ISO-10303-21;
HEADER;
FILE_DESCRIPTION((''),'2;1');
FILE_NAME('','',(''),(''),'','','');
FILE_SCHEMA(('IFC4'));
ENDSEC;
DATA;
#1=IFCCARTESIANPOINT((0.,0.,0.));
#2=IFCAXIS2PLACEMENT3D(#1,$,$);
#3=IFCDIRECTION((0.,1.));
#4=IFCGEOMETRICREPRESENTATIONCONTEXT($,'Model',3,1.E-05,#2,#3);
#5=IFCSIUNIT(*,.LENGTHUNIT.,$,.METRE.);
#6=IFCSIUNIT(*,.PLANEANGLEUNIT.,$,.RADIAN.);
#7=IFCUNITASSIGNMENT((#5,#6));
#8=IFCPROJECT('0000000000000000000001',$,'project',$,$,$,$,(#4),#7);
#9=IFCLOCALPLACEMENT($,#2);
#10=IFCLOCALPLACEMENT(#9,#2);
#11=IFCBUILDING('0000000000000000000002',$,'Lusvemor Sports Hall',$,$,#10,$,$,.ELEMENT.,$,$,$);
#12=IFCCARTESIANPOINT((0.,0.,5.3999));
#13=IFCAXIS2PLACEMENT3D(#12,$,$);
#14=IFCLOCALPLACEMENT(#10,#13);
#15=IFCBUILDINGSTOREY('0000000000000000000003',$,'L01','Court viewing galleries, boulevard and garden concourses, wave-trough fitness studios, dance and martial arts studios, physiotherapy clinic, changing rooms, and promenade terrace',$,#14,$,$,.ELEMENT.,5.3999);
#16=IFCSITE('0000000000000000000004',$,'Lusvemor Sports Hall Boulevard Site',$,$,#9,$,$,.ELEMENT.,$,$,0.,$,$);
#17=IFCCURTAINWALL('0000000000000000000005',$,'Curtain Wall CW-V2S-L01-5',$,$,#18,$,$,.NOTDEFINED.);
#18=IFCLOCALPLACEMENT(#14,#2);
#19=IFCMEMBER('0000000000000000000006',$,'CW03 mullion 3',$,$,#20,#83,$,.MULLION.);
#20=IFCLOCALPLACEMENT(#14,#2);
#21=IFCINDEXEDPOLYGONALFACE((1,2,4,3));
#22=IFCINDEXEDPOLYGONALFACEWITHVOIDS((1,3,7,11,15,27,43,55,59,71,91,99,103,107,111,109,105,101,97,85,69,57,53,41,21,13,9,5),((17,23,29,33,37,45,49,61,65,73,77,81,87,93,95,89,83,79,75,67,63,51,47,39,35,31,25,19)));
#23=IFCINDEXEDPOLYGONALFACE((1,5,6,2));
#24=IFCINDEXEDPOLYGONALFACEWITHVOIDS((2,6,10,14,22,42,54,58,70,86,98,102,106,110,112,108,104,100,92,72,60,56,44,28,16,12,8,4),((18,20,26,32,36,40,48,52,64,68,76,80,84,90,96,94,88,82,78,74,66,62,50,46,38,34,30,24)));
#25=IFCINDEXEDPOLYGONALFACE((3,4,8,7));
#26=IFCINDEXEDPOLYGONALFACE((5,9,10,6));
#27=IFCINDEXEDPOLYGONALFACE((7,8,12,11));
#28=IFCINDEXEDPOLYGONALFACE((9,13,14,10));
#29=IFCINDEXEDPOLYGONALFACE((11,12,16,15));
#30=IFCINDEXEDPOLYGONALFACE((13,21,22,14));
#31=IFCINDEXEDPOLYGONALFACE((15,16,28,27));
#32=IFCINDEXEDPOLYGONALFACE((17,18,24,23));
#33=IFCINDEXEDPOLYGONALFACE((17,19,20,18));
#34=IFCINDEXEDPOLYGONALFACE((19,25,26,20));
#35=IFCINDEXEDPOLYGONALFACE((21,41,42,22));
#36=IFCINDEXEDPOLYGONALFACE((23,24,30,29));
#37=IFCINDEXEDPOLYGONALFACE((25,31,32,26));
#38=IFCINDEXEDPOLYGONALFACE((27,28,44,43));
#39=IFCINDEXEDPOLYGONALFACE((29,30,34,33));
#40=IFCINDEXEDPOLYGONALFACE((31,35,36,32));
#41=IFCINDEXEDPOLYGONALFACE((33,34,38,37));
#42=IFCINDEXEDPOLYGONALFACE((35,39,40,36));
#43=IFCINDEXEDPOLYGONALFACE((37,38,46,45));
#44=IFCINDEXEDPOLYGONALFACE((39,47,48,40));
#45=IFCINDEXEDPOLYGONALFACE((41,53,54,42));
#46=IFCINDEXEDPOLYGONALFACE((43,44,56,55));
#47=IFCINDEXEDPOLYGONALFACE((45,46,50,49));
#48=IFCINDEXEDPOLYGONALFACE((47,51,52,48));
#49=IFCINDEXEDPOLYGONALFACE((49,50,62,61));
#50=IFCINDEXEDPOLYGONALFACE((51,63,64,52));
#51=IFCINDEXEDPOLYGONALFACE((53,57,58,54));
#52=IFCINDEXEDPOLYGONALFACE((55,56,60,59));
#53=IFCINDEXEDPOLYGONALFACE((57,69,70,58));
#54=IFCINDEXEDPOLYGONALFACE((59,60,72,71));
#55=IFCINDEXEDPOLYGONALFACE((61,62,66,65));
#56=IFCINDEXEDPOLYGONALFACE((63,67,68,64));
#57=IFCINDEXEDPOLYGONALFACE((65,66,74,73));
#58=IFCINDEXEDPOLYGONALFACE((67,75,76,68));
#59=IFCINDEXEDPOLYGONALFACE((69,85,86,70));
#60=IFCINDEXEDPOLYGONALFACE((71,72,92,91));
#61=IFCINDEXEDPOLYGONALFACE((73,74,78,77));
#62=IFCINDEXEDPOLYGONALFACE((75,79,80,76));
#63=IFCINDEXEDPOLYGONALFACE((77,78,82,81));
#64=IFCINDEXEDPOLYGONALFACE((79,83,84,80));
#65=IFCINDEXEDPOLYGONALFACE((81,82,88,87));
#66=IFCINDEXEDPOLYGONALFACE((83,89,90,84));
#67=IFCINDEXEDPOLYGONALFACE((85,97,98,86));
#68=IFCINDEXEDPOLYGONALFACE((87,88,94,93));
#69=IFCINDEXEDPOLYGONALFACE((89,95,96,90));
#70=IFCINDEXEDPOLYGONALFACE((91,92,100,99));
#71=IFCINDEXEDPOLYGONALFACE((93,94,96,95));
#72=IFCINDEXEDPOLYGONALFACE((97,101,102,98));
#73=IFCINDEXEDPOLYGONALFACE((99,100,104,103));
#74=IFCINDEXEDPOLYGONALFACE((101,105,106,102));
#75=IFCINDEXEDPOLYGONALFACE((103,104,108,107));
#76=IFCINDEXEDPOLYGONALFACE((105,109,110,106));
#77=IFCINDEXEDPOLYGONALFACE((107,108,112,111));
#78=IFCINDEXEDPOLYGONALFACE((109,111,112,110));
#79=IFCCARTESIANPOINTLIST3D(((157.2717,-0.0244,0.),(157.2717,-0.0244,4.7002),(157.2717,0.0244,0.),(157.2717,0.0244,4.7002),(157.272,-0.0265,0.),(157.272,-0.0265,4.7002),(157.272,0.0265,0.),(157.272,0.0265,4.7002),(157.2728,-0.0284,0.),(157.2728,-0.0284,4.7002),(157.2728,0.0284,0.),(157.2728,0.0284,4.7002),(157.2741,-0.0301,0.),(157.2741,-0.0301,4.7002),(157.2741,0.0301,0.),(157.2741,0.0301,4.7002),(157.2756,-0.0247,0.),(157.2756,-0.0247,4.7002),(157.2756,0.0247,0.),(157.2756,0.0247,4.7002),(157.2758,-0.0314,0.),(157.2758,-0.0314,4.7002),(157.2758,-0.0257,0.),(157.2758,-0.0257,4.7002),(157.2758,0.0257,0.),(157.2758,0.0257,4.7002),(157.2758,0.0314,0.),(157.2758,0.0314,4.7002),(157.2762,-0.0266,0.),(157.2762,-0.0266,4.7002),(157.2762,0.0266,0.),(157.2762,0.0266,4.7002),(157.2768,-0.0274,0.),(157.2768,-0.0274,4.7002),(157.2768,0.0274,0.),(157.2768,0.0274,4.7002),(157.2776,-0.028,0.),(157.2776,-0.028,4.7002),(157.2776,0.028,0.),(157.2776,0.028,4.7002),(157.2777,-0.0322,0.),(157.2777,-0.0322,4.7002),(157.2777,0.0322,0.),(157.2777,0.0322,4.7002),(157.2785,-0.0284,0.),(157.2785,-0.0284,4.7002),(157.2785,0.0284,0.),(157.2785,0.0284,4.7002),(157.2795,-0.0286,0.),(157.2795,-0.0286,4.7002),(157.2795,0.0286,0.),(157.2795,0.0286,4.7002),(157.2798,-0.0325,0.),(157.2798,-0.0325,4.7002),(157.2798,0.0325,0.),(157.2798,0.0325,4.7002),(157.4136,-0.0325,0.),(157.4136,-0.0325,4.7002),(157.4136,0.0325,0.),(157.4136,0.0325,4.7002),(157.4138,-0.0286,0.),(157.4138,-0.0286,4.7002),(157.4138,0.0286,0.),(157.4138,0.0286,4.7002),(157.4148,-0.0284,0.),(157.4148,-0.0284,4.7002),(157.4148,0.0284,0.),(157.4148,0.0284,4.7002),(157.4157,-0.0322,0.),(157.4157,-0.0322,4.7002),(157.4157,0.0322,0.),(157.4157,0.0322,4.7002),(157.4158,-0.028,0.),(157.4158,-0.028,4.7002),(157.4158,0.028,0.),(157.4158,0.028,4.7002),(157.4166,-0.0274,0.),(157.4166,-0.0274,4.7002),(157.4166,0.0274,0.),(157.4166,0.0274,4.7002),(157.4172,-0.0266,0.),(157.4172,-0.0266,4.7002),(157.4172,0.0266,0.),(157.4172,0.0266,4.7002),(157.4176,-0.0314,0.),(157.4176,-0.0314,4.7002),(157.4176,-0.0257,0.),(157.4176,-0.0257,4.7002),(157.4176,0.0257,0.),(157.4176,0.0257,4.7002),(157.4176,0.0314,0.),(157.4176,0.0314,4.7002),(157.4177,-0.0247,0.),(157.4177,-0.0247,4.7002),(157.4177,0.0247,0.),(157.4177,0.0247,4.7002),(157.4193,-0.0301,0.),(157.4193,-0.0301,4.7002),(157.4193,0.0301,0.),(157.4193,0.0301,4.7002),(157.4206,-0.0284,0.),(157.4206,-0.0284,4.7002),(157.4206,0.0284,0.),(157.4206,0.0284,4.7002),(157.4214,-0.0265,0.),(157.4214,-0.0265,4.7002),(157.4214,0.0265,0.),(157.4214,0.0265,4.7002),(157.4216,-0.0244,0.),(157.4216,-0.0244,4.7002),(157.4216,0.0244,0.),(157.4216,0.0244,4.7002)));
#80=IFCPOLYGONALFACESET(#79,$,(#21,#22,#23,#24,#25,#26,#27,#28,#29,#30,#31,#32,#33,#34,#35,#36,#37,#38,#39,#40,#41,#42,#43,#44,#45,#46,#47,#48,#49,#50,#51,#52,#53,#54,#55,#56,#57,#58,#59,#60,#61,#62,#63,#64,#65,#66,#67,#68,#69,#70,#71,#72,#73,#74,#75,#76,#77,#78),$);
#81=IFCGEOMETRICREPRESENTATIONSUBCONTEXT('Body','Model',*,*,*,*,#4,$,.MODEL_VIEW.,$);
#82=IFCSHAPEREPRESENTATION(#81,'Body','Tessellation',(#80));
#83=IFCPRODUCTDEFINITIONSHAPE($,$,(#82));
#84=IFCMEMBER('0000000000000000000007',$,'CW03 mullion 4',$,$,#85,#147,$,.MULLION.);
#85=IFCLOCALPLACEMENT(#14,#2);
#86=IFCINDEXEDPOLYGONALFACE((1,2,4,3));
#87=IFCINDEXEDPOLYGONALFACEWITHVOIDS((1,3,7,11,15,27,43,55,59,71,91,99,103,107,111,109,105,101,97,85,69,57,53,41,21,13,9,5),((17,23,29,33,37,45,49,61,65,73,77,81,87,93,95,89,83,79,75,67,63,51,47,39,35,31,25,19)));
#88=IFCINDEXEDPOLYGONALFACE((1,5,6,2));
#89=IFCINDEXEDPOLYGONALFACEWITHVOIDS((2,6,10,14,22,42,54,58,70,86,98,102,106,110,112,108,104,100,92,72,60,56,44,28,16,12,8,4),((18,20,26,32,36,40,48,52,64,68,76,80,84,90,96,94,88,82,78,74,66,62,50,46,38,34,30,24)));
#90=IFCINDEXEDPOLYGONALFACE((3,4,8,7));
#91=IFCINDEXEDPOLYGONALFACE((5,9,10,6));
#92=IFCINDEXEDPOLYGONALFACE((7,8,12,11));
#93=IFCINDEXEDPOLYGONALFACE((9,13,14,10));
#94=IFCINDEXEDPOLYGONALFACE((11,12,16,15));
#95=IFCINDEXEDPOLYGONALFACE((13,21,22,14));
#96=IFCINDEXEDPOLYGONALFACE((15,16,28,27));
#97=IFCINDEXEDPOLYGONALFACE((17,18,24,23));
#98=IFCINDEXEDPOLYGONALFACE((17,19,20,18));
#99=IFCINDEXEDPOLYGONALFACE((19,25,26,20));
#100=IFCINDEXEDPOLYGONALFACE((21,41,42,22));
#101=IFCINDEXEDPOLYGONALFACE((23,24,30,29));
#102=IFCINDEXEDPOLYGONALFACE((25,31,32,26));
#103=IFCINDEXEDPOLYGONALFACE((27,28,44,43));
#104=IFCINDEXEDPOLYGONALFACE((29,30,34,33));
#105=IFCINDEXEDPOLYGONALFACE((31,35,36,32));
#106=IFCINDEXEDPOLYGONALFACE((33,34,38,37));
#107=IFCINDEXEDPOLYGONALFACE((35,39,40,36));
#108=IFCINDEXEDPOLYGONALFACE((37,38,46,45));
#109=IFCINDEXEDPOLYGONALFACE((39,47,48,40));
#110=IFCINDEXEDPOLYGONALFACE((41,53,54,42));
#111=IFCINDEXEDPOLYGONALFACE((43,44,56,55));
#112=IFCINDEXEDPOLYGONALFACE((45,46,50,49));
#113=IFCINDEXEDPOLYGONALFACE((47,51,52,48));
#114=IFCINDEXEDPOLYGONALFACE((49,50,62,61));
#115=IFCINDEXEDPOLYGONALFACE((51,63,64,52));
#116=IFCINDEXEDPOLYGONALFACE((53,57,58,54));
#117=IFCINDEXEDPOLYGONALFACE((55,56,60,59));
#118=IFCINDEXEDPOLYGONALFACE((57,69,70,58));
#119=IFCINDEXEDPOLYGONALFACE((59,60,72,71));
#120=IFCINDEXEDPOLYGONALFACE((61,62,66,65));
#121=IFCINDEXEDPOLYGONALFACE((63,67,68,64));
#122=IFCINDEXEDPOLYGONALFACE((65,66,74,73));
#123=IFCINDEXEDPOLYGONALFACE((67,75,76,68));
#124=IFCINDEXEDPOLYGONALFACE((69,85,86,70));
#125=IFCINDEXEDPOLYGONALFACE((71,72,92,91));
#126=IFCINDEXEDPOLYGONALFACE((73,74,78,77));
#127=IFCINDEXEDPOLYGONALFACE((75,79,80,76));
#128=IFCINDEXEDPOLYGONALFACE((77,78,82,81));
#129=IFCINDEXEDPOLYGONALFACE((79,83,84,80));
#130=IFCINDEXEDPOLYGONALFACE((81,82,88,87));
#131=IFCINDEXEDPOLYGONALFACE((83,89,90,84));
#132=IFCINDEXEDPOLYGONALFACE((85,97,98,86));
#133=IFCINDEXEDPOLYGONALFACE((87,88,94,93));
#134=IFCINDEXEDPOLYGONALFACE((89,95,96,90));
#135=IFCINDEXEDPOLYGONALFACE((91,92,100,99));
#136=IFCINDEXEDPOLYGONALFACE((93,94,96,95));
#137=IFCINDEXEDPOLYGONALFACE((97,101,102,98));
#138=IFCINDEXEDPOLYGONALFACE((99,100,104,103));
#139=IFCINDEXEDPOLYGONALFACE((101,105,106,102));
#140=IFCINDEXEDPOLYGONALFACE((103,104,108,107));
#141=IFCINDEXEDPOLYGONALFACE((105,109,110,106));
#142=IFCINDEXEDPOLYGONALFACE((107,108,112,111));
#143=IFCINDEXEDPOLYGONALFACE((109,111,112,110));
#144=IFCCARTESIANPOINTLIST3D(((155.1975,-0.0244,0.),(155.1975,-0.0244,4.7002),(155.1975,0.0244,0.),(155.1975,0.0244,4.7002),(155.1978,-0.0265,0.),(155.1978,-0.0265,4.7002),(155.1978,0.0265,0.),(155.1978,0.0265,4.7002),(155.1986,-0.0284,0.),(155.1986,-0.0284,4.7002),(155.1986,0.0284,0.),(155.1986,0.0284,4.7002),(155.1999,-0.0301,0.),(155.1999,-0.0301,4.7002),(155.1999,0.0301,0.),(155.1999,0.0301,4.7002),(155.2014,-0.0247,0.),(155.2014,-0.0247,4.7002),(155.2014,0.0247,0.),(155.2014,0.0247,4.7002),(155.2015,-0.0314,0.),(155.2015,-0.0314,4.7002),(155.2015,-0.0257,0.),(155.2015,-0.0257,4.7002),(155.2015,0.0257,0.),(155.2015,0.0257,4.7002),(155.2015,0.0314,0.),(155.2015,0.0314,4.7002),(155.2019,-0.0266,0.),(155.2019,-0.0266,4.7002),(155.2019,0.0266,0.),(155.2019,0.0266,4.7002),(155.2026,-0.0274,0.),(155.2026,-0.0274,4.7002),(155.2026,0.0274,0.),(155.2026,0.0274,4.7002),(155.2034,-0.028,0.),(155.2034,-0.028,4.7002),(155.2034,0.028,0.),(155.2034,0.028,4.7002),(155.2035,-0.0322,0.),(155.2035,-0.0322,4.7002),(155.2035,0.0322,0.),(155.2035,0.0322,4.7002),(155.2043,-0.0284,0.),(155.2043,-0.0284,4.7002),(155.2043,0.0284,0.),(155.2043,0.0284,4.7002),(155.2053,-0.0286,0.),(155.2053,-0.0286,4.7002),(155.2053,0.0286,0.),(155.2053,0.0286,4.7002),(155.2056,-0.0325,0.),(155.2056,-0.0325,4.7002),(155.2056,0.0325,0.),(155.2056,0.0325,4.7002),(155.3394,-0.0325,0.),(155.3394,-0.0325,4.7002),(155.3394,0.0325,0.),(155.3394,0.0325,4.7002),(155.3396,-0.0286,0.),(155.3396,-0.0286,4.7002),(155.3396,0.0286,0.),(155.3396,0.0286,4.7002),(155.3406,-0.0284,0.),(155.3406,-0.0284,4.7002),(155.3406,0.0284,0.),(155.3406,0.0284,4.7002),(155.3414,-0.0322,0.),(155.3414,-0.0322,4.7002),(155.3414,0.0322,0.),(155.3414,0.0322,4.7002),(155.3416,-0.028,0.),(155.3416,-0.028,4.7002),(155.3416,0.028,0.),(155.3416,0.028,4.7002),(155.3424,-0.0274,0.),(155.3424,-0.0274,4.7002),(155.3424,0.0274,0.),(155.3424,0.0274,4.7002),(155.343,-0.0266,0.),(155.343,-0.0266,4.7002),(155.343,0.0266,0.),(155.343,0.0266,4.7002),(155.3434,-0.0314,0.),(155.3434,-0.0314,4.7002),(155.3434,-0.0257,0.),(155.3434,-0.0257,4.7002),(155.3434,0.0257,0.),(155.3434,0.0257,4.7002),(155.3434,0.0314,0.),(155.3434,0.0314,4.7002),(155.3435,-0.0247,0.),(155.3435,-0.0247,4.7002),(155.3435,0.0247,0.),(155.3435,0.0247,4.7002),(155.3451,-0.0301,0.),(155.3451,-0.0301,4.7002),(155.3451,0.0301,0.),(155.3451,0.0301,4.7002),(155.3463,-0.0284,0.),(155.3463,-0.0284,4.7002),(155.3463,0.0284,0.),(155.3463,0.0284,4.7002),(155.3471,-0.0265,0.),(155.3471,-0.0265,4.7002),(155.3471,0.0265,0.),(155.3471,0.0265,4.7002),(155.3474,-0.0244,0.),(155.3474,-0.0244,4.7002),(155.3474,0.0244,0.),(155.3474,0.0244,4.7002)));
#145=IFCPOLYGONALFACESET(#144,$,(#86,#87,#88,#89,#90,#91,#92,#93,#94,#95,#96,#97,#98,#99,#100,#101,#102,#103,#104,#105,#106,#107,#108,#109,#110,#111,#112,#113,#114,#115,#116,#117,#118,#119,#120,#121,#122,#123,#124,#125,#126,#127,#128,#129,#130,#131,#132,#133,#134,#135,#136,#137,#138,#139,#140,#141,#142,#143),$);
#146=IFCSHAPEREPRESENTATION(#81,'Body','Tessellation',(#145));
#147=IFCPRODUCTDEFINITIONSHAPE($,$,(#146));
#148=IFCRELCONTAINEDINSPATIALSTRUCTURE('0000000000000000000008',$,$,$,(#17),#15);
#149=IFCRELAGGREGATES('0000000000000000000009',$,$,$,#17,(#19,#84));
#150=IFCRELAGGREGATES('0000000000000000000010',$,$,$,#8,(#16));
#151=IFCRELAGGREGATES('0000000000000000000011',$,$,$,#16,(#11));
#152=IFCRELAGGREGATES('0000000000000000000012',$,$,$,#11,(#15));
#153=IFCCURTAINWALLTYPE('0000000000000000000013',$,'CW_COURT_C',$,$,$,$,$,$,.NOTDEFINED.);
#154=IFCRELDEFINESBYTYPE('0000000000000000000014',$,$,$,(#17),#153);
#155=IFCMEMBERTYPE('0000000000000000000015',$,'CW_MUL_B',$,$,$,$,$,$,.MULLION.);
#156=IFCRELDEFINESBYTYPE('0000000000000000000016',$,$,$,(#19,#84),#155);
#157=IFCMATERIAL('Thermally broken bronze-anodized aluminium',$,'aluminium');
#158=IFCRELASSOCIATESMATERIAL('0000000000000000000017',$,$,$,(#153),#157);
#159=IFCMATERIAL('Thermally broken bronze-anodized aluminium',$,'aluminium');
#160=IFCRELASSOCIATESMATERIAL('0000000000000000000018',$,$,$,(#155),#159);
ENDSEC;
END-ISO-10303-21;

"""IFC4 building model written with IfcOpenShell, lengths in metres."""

from ifc_helpers import new_model, si_unit, direction, frame, origin, origin_2d, place, context, subcontext, project, spatial, hollow_rectangle, extrude, material, material_profile, profile_set, type_object, element, aggregate, save


model = new_model("IFC4")

# Units and contexts
model_context = context("Model", 3, precision=1e-05, world=origin(), true_north=direction((0.0, 1.0)))
body_context = subcontext(model_context, "Body", "Model", "MODEL_VIEW")
ifc_project = project(units=[si_unit("LENGTHUNIT", "METRE"), si_unit("PLANEANGLEUNIT", "RADIAN")], contexts=[model_context])

# Site, building, storey
site_placement = place(None, origin())
site = spatial("IfcSite", under=ifc_project, at=site_placement, Name="Lusvemor Sports Hall Boulevard Site", CompositionType="ELEMENT", RefElevation=0.0)
building_placement = place(site_placement, origin())
building = spatial("IfcBuilding", under=site, at=building_placement, Name="Lusvemor Sports Hall", CompositionType="ELEMENT")
storey_placement = place(building_placement, frame((0.0, 0.0, 5.3999)))
storey = spatial("IfcBuildingStorey", under=building, at=storey_placement, Name="L01", Description="Court viewing galleries, boulevard and garden concourses, wave-trough fitness studios, dance and martial arts studios, physiotherapy clinic, changing rooms, and promenade terrace", CompositionType="ELEMENT", Elevation=5.3999)

# Curtain wall, members
ifc_material_1 = material(Name="Thermally broken bronze-anodized aluminium", Category="aluminium")
curtain_wall_type = type_object("IfcCurtainWallType", Name="CW_COURT_C", PredefinedType="NOTDEFINED", material=ifc_material_1)
ifc_material_2 = material(Name="Thermally broken bronze-anodized aluminium", Category="aluminium")
ifc_material_profile_1 = material_profile(ifc_material_2, hollow_rectangle(XDim=0.0649, YDim=0.1499, WallThickness=0.0039, InnerFilletRadius=0.0039, OuterFilletRadius=0.0081, at=origin_2d()), Name="CWMUL150x65x4")
ifc_profile_set_1 = profile_set([ifc_material_profile_1], Name="Thermally broken bronze-anodized aluminium")
member_type_1 = type_object("IfcMemberType", Name="CW_MUL_B", PredefinedType="MULLION", material=ifc_profile_set_1)
curtain_wall_1_placement = place(storey_placement, origin())
curtain_wall_1 = element("IfcCurtainWall", 1, at=curtain_wall_1_placement, inside=storey, type_object=curtain_wall_type, Name="Curtain Wall CW-V2S-L01-5", PredefinedType="NOTDEFINED")
member_1_placement = place(storey_placement, frame((157.3467, 0.0, 0.0), z_axis=(0.0, 0.0, 1.0), x_axis=(0.0, -1.0, 0.0)))
member_1 = element("IfcMember", 2, at=member_1_placement, type_object=member_type_1, Name="CW03 mullion 3", PredefinedType="MULLION", context=body_context, shape_type="SweptSolid", body=[
    extrude(hollow_rectangle(XDim=0.0649, YDim=0.1499, WallThickness=0.0039, InnerFilletRadius=0.0039, OuterFilletRadius=0.0081, at=origin_2d()), origin(), (0.0, 0.0, 1.0), 4.7002),
])
member_2_placement = place(storey_placement, frame((155.2725, 0.0, 0.0), z_axis=(0.0, 0.0, 1.0), x_axis=(0.0, -1.0, 0.0)))
member_2 = element("IfcMember", 3, at=member_2_placement, type_object=member_type_1, Name="CW03 mullion 4", PredefinedType="MULLION", context=body_context, shape_type="SweptSolid", body=[
    extrude(hollow_rectangle(XDim=0.0649, YDim=0.1499, WallThickness=0.0039, InnerFilletRadius=0.0039, OuterFilletRadius=0.0081, at=origin_2d()), origin(), (0.0, 0.0, 1.0), 4.7002),
])

aggregate(curtain_wall_1, [member_1, member_2])

save(model, "model.ifc")
